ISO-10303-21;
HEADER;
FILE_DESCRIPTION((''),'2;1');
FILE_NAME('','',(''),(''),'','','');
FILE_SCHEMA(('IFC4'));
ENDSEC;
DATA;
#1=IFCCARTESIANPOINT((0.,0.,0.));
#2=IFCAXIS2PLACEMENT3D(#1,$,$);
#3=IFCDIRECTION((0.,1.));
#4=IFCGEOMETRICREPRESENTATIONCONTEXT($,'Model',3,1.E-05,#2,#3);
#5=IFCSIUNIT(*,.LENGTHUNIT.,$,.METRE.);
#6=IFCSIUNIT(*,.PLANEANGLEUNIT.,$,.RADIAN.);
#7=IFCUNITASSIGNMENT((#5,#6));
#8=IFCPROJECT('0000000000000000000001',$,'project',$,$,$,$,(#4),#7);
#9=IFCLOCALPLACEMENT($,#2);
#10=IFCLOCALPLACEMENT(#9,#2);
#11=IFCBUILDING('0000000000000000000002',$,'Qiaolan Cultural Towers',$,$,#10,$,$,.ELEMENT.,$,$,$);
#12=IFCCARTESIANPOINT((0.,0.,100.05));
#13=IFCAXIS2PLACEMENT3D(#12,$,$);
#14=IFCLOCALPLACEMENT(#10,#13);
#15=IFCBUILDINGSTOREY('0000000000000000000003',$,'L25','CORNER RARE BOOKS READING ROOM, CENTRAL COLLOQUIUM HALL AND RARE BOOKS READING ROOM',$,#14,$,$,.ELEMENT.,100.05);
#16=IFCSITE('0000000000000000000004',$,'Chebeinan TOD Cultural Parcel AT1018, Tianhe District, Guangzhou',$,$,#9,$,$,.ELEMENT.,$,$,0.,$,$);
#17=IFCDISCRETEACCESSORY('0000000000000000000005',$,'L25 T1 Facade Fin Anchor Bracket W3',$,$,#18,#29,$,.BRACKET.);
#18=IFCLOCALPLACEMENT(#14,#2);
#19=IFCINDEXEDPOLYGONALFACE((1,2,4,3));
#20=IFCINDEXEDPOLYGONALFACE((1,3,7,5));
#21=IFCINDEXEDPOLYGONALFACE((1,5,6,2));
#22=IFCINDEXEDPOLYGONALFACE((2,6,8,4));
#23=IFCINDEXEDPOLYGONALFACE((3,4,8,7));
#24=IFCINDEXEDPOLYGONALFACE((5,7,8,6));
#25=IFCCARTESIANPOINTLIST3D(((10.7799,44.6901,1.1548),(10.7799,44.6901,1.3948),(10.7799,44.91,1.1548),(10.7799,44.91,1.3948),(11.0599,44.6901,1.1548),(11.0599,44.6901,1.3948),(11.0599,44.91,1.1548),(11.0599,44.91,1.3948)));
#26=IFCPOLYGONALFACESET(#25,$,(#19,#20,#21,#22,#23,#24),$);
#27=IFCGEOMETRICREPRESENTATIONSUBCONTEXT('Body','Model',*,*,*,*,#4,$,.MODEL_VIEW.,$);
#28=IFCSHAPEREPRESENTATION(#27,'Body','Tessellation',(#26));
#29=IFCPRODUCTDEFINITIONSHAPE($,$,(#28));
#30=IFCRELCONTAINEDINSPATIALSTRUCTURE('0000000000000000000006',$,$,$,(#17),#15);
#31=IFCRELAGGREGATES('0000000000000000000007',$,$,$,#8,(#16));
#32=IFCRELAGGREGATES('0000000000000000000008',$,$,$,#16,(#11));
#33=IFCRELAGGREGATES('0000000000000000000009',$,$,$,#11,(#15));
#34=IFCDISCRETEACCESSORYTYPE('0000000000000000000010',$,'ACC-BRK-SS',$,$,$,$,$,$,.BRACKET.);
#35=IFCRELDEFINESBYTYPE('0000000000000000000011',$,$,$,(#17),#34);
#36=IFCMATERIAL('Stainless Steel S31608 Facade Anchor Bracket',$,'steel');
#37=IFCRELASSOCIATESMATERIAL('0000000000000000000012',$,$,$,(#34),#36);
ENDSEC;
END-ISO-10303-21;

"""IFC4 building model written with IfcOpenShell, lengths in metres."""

from ifc_helpers import new_model, si_unit, direction, frame, origin, origin_2d, place, context, subcontext, project, spatial, rectangle, extrude, material, type_object, element, save


model = new_model("IFC4")

# Units and contexts
model_context = context("Model", 3, precision=1e-05, world=origin(), true_north=direction((0.0, 1.0)))
body_context = subcontext(model_context, "Body", "Model", "MODEL_VIEW")
ifc_project = project(units=[si_unit("LENGTHUNIT", "METRE"), si_unit("PLANEANGLEUNIT", "RADIAN")], contexts=[model_context])

# Site, building, storey
site_placement = place(None, origin())
site = spatial("IfcSite", under=ifc_project, at=site_placement, Name="Chebeinan TOD Cultural Parcel AT1018, Tianhe District, Guangzhou", CompositionType="ELEMENT", RefElevation=0.0)
building_placement = place(site_placement, origin())
building = spatial("IfcBuilding", under=site, at=building_placement, Name="Qiaolan Cultural Towers", CompositionType="ELEMENT")
storey_placement = place(building_placement, frame((0.0, 0.0, 100.05)))
storey = spatial("IfcBuildingStorey", under=building, at=storey_placement, Name="L25", Description="CORNER RARE BOOKS READING ROOM, CENTRAL COLLOQUIUM HALL AND RARE BOOKS READING ROOM", CompositionType="ELEMENT", Elevation=100.05)

# Discrete accessory
ifc_material_1 = material(Name="Stainless Steel S31608 Facade Anchor Bracket", Category="steel")
discrete_accessory_type = type_object("IfcDiscreteAccessoryType", Name="ACC-BRK-SS", PredefinedType="BRACKET", material=ifc_material_1)
for number, where, z_axis, x_axis, name in (
    (1, (10.9199, 44.8, 1.1548), (0.0, 0.0, 1.0), (1.0, 0.0, 0.0), "L25 T1 Facade Fin Anchor Bracket W3"),
):
    element("IfcDiscreteAccessory", number, at=place(storey_placement, frame(where, z_axis=z_axis, x_axis=x_axis)), inside=storey, type_object=discrete_accessory_type, Name=name, PredefinedType="BRACKET", context=body_context, shape_type="SweptSolid", body=[
        extrude(rectangle(XDim=0.28, YDim=0.22, at=origin_2d()), origin(), (0.0, 0.0, 1.0), 0.24),
    ])

save(model, "model.ifc")
